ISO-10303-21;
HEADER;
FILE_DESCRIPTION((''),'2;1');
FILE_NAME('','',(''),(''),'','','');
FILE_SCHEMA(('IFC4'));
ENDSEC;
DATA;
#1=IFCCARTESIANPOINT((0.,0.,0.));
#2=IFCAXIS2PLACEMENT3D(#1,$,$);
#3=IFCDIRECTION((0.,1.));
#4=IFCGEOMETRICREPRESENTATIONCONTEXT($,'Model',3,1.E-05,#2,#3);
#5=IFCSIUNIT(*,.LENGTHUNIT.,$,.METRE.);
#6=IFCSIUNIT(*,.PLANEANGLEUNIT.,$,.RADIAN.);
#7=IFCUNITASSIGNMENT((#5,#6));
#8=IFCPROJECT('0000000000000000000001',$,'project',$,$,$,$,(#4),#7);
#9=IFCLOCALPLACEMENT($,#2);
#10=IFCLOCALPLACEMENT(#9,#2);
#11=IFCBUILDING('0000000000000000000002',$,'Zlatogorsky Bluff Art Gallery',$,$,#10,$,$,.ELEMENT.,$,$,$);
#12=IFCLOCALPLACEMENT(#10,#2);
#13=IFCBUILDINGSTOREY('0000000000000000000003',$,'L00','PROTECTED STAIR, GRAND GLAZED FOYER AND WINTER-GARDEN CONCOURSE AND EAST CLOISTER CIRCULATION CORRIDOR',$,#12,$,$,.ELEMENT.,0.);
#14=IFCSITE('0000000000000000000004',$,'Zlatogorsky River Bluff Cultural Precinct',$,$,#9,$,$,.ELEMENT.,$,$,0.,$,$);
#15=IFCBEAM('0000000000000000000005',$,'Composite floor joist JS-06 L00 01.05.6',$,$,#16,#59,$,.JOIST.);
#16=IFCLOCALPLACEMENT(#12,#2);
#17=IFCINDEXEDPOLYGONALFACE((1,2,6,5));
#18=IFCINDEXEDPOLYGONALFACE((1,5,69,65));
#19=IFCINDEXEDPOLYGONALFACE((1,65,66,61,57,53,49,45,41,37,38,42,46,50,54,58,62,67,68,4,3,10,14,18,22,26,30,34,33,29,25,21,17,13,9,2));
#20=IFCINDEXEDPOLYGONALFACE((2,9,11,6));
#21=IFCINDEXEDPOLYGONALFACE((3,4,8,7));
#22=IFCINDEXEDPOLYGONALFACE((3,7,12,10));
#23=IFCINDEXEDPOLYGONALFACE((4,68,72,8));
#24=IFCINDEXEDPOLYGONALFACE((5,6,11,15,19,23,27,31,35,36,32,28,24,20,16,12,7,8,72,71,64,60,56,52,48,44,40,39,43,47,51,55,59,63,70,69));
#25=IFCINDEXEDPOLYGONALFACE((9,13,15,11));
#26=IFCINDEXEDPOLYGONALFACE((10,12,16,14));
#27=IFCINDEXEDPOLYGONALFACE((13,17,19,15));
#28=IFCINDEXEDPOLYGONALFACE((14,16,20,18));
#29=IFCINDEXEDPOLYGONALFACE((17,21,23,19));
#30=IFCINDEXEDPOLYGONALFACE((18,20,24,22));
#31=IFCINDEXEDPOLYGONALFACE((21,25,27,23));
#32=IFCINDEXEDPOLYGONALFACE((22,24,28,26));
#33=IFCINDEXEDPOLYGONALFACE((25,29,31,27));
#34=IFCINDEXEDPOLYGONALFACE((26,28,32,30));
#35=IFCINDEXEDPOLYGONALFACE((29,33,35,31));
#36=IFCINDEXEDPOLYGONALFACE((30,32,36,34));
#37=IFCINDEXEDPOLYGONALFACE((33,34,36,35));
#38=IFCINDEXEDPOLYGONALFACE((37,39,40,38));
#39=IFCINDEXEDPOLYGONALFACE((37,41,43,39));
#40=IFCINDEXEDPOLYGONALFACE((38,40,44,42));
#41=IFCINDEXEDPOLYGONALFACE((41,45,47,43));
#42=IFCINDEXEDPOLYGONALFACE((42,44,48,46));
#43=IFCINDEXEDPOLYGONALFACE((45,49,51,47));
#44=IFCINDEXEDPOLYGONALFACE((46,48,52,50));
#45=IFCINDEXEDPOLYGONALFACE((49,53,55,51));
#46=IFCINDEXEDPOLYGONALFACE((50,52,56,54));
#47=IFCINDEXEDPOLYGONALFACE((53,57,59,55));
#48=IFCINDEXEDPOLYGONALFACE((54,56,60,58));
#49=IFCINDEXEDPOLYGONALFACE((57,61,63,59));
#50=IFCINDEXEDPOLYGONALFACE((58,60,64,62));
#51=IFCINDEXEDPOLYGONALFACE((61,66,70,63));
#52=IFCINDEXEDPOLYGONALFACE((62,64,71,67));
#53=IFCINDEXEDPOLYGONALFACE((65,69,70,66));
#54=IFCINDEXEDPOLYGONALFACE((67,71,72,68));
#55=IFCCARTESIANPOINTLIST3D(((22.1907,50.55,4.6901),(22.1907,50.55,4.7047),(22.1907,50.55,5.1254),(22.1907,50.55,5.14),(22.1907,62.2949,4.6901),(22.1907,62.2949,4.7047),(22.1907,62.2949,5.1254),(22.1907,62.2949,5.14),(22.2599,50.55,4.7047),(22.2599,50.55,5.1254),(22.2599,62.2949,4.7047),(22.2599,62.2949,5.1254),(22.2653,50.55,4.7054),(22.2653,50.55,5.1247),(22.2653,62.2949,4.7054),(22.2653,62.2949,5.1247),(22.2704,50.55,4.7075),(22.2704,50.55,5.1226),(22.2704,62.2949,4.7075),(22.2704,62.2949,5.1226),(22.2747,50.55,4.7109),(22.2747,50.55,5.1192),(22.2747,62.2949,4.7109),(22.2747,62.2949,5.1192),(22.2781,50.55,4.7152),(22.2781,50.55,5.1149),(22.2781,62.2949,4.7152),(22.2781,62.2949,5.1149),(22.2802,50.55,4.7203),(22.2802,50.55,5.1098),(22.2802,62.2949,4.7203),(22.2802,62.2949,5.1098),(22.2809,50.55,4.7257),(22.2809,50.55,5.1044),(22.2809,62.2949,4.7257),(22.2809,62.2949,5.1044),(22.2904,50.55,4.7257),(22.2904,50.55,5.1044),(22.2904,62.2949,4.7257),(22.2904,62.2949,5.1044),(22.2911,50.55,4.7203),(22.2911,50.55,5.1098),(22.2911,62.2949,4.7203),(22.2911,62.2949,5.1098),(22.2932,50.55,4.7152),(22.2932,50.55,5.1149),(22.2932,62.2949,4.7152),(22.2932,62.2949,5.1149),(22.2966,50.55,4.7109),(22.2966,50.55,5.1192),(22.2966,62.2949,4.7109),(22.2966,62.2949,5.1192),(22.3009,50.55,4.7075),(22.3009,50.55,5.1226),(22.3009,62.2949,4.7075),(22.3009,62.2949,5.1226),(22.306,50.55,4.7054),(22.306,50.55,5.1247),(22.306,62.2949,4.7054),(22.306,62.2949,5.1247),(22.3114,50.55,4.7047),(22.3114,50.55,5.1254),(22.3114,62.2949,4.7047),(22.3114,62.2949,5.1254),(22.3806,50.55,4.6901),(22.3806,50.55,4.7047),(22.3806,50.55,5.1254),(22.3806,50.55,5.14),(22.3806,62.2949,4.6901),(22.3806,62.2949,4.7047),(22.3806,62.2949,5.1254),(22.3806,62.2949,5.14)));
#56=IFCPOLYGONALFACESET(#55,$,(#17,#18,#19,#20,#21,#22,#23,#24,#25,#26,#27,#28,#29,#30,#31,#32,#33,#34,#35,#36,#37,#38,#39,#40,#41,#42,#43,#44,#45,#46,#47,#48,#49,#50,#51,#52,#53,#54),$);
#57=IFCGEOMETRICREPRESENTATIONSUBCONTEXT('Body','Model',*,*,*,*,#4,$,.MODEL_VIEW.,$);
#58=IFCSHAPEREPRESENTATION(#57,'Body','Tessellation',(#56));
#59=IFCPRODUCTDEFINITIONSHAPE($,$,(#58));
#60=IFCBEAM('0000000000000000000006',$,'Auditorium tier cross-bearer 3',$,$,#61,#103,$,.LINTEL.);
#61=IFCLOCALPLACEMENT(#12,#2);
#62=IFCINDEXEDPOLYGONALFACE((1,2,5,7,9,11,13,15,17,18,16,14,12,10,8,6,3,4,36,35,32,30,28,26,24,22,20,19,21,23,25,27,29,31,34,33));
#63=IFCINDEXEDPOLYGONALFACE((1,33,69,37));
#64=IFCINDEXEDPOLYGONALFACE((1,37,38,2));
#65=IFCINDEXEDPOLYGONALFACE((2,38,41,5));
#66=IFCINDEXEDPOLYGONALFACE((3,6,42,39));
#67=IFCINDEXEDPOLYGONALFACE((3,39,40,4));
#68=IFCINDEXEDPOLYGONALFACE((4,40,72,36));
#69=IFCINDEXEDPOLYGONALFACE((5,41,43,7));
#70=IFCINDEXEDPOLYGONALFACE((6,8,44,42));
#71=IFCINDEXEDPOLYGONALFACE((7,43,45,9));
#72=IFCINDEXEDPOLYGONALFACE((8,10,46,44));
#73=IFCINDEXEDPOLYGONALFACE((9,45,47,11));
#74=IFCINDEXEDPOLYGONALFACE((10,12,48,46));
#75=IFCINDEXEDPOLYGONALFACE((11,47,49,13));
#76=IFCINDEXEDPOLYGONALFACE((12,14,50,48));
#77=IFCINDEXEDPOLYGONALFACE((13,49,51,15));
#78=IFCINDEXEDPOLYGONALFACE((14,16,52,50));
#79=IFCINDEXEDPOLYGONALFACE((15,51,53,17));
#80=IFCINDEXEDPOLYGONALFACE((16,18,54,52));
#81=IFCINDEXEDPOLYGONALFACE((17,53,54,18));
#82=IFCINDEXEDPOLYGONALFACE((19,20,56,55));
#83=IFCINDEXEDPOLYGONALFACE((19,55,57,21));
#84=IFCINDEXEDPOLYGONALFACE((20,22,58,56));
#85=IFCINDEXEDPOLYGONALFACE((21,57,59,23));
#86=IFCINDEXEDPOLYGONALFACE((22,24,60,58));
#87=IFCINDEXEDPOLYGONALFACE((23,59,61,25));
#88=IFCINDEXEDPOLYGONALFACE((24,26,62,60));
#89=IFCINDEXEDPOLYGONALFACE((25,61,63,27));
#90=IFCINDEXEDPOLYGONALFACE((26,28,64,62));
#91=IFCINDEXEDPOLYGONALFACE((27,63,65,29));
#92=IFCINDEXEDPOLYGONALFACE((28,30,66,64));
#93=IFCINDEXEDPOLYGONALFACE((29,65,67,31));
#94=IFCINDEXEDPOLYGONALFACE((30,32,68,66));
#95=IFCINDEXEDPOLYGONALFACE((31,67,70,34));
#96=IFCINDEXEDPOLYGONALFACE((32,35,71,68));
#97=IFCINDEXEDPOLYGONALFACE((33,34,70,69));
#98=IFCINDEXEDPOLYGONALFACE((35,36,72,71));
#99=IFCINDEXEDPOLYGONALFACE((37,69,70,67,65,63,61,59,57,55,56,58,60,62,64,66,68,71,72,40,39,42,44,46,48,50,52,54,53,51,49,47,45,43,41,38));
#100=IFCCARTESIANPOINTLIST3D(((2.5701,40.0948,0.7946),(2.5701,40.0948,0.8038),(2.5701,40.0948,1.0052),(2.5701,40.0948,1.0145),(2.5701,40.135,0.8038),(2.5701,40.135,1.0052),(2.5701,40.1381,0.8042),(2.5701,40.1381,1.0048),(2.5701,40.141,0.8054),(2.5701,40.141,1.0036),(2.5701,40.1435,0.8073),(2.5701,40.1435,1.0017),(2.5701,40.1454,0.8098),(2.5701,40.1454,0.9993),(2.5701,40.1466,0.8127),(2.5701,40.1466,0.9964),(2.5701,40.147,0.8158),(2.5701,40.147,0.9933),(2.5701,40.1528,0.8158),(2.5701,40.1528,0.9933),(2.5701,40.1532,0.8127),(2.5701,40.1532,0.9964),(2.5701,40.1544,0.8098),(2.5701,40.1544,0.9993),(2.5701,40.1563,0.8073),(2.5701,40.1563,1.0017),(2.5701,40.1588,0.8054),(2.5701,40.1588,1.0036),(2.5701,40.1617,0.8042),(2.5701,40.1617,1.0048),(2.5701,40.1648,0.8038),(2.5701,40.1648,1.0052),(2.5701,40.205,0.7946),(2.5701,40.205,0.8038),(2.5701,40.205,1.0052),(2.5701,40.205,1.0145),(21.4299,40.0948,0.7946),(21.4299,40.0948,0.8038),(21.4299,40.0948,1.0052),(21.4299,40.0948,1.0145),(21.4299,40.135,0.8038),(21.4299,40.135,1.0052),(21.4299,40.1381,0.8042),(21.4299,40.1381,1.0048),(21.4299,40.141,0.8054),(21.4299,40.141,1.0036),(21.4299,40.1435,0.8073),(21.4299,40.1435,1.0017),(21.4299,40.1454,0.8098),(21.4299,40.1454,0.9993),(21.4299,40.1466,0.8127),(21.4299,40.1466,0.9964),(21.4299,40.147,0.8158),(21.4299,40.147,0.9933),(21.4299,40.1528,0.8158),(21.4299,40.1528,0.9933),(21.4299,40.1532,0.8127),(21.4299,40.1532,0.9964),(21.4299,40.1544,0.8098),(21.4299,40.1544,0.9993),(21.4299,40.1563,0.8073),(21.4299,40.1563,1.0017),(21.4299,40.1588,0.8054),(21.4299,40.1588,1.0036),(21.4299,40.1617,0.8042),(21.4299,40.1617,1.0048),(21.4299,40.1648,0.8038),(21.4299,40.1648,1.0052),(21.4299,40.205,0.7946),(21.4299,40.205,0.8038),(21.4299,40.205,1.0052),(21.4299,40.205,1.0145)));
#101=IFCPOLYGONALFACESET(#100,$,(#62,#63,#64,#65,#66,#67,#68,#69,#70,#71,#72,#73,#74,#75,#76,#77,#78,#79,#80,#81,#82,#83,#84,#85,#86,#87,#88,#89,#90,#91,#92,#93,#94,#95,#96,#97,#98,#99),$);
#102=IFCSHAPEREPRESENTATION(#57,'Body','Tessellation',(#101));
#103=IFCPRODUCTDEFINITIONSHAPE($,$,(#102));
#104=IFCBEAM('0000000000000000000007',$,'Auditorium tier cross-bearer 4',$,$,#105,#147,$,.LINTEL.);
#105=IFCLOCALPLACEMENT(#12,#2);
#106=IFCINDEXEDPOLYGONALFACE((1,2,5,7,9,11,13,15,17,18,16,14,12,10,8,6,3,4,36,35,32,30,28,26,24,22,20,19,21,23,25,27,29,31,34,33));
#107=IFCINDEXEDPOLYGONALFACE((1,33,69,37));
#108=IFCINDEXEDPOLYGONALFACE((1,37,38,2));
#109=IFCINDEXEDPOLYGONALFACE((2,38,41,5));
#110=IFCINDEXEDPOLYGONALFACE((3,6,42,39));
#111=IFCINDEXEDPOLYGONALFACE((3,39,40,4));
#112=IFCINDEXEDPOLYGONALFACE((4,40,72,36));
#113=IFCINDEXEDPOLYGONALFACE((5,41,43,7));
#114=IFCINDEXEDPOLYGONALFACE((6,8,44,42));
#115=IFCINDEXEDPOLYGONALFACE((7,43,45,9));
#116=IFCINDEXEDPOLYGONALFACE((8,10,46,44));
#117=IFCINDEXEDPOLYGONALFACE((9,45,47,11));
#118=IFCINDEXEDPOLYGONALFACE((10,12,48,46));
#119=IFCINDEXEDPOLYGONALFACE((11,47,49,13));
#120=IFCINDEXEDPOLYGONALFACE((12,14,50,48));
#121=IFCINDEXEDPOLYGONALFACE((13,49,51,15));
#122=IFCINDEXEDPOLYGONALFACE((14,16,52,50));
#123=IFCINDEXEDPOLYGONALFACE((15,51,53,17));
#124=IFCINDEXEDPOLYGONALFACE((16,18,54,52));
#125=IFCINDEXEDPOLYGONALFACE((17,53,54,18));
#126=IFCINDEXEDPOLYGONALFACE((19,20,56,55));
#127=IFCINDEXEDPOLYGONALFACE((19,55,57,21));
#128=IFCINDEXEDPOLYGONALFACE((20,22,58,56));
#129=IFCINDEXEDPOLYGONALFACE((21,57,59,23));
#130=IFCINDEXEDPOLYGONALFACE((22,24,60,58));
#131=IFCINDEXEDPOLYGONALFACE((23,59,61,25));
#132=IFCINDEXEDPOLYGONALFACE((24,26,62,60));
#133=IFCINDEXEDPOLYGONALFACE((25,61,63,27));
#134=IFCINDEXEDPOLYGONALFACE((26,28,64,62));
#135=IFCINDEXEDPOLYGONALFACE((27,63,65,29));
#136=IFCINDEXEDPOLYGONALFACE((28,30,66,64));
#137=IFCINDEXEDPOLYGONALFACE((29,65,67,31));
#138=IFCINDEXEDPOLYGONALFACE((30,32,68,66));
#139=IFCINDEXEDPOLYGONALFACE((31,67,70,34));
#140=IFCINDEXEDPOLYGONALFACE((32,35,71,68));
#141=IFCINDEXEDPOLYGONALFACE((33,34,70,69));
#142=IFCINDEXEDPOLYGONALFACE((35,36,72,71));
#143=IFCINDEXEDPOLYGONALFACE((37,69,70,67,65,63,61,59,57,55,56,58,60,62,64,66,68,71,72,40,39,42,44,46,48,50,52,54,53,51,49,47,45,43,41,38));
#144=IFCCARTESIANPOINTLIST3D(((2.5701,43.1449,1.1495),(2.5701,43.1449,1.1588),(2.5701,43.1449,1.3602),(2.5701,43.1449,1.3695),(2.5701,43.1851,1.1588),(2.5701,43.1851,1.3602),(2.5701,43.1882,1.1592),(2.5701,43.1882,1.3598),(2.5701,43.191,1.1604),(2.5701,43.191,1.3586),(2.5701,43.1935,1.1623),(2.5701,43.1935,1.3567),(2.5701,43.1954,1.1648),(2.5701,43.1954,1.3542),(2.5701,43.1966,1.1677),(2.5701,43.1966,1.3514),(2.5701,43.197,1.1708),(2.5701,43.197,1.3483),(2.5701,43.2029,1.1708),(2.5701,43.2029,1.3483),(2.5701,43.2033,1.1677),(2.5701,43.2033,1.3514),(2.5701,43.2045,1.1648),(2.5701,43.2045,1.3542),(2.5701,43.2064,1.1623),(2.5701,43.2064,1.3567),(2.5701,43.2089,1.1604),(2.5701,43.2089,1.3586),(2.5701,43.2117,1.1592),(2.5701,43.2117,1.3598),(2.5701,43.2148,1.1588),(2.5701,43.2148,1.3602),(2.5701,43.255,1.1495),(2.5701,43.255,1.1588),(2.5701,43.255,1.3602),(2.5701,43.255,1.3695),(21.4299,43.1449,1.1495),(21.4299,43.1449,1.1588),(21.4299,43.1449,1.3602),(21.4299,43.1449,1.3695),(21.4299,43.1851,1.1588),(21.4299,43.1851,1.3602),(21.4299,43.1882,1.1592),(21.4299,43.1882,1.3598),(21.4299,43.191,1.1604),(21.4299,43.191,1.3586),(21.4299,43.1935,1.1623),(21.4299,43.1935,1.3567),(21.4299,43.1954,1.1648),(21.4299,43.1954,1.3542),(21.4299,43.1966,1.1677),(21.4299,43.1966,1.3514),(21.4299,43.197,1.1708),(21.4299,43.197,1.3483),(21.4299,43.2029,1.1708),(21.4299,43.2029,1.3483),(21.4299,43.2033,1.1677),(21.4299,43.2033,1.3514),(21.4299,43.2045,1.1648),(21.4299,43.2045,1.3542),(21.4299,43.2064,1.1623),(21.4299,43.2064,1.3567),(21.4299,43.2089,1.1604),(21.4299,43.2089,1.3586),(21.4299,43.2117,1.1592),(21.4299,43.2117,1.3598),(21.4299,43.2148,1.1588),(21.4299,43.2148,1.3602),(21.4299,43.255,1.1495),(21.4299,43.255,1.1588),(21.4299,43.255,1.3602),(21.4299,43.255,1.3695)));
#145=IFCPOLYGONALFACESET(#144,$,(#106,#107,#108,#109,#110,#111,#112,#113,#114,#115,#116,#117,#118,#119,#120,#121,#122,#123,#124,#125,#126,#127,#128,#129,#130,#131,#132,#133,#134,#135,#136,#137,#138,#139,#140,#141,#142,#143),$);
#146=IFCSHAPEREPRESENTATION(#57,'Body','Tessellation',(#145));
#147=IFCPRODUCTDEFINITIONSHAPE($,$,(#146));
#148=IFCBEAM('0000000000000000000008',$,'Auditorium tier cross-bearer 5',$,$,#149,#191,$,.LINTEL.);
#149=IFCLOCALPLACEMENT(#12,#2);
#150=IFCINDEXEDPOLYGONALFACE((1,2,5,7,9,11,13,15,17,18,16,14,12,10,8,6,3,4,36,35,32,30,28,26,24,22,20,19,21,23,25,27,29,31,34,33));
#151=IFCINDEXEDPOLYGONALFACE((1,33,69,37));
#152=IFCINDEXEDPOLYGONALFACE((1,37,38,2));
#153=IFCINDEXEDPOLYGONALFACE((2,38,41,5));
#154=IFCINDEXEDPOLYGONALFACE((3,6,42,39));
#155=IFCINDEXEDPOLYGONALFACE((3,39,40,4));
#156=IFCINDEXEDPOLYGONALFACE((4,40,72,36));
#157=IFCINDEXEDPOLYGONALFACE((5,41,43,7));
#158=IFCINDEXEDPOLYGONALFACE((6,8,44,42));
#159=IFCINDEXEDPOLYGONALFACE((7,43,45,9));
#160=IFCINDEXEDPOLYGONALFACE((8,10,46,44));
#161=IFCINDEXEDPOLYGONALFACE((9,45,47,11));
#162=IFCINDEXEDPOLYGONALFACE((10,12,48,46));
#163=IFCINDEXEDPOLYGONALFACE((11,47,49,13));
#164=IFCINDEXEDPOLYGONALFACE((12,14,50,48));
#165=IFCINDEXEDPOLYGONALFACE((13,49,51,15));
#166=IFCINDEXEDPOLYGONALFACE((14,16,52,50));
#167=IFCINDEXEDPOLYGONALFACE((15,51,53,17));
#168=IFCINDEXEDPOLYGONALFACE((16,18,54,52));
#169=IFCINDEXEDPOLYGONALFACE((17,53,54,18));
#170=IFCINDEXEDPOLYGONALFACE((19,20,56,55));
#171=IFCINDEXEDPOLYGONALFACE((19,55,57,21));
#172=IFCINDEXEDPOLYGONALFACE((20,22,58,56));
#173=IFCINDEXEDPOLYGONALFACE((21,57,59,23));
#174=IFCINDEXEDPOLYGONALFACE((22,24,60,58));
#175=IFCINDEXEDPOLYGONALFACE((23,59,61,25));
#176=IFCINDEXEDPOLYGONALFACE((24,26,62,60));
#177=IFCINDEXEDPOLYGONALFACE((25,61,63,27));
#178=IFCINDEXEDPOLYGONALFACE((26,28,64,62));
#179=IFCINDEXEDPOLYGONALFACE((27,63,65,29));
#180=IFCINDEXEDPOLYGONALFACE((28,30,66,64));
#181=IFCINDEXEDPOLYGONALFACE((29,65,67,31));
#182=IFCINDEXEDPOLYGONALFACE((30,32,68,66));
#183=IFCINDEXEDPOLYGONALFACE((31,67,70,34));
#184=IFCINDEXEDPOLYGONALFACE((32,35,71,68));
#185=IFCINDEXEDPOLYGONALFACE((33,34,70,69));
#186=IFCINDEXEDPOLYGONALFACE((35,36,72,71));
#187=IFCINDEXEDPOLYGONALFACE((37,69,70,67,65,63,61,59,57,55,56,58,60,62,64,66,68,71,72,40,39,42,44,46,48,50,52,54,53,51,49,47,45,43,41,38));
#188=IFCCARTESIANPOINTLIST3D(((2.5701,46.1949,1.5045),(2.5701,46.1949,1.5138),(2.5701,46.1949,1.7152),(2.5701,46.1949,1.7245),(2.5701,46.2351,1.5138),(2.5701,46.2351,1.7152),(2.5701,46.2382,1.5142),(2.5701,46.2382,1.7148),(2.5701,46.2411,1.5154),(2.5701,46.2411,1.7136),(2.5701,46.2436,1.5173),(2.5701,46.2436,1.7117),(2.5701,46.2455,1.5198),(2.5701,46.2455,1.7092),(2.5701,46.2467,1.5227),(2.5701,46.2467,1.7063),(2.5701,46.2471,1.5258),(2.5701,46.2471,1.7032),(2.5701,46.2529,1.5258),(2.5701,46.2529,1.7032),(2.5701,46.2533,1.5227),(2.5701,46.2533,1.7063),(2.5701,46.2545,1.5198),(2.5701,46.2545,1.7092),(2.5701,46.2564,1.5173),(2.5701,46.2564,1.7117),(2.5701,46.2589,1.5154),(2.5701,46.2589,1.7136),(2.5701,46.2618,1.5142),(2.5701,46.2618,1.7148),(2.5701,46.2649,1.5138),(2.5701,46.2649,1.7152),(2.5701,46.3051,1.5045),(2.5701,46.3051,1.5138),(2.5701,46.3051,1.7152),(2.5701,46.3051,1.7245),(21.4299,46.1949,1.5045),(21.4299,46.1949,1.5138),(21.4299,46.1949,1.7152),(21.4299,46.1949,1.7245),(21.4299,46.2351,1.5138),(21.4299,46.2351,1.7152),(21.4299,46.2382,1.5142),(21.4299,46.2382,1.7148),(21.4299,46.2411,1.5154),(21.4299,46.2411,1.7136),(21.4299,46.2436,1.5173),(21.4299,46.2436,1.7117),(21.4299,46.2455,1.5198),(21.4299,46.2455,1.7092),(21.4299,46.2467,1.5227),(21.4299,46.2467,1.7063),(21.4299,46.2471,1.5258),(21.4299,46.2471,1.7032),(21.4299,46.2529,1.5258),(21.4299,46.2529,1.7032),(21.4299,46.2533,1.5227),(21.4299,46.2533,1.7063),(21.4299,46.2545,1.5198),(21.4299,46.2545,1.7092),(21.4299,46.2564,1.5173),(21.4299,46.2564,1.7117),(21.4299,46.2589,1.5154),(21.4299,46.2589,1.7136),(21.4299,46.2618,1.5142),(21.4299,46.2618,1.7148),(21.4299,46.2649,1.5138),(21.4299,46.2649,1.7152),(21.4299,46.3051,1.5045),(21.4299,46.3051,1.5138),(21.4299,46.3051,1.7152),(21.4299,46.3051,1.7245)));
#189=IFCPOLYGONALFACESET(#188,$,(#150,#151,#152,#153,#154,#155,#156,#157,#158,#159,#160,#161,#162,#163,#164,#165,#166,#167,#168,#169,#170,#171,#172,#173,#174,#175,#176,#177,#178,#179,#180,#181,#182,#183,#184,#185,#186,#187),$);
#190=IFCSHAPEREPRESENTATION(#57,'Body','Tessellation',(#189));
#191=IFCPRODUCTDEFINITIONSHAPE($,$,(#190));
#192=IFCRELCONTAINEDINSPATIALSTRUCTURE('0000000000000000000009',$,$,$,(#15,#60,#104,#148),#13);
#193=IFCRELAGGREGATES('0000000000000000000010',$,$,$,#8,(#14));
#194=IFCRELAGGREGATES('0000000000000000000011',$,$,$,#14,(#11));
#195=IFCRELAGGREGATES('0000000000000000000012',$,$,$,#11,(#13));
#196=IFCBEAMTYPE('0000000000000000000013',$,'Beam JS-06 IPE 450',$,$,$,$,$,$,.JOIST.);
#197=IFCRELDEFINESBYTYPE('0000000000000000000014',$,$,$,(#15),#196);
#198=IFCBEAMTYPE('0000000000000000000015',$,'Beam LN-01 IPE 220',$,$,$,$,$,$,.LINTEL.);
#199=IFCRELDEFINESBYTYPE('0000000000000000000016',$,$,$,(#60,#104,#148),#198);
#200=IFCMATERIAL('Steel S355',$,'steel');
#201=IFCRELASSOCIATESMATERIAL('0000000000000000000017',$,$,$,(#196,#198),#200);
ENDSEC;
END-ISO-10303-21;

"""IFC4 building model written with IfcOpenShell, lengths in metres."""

from ifc_helpers import new_model, si_unit, direction, frame, origin, origin_2d, place, context, subcontext, project, spatial, i_section, extrude, material, material_profile, profile_set, type_object, element, save


model = new_model("IFC4")

# Units and contexts
model_context = context("Model", 3, precision=1e-05, world=origin(), true_north=direction((0.0, 1.0)))
body_context = subcontext(model_context, "Body", "Model", "MODEL_VIEW")
ifc_project = project(units=[si_unit("LENGTHUNIT", "METRE"), si_unit("PLANEANGLEUNIT", "RADIAN")], contexts=[model_context])

# Site, building, storey
site_placement = place(None, origin())
site = spatial("IfcSite", under=ifc_project, at=site_placement, Name="Zlatogorsky River Bluff Cultural Precinct", CompositionType="ELEMENT", RefElevation=0.0)
building_placement = place(site_placement, origin())
building = spatial("IfcBuilding", under=site, at=building_placement, Name="Zlatogorsky Bluff Art Gallery", CompositionType="ELEMENT")
storey_placement = place(building_placement, origin())
storey = spatial("IfcBuildingStorey", under=building, at=storey_placement, Name="L00", Description="PROTECTED STAIR, GRAND GLAZED FOYER AND WINTER-GARDEN CONCOURSE AND EAST CLOISTER CIRCULATION CORRIDOR", CompositionType="ELEMENT", Elevation=0.0)

# Shared definitions
ifc_material_1 = material(Name="Steel S355", Category="steel")

# Beams
ifc_material_profile_1 = material_profile(ifc_material_1, i_section(OverallWidth=0.1899, OverallDepth=0.45, WebThickness=0.0095, FlangeThickness=0.0146, FilletRadius=0.021, at=origin_2d()), Name="IPE 450")
ifc_profile_set_1 = profile_set([ifc_material_profile_1], Name="Steel S355")
beam_type_1 = type_object("IfcBeamType", Name="Beam JS-06 IPE 450", PredefinedType="JOIST", material=ifc_profile_set_1)
for number, where, z_axis, x_axis, name in (
    (1, (22.2856, 50.55, 4.915), (0.0, 1.0, 0.0), (-1.0, 0.0, 0.0), "Composite floor joist JS-06 L00 01.05.6"),
):
    element("IfcBeam", number, at=place(storey_placement, frame(where, z_axis=z_axis, x_axis=x_axis)), inside=storey, type_object=beam_type_1, Name=name, PredefinedType="JOIST", context=body_context, shape_type="SweptSolid", body=[
        extrude(i_section(OverallWidth=0.1899, OverallDepth=0.45, WebThickness=0.0095, FlangeThickness=0.0146, FilletRadius=0.021, at=origin_2d()), origin(), (0.0, 0.0, 1.0), 11.7449),
    ])
ifc_material_profile_2 = material_profile(ifc_material_1, i_section(OverallWidth=0.1101, OverallDepth=0.22, WebThickness=0.0059, FlangeThickness=0.0093, FilletRadius=0.012, at=origin_2d()), Name="IPE 220")
ifc_profile_set_2 = profile_set([ifc_material_profile_2], Name="Steel S355")
beam_type_2 = type_object("IfcBeamType", Name="Beam LN-01 IPE 220", PredefinedType="LINTEL", material=ifc_profile_set_2)
for number, where, z_axis, x_axis, name in (
    (2, (2.5701, 40.1499, 0.9045), (1.0, 0.0, 0.0), (0.0, 1.0, 0.0), "Auditorium tier cross-bearer 3"),
    (3, (2.5701, 43.2, 1.2595), (1.0, 0.0, 0.0), (0.0, 1.0, 0.0), "Auditorium tier cross-bearer 4"),
    (4, (2.5701, 46.25, 1.6145), (1.0, 0.0, 0.0), (0.0, 1.0, 0.0), "Auditorium tier cross-bearer 5"),
):
    element("IfcBeam", number, at=place(storey_placement, frame(where, z_axis=z_axis, x_axis=x_axis)), inside=storey, type_object=beam_type_2, Name=name, PredefinedType="LINTEL", context=body_context, shape_type="SweptSolid", body=[
        extrude(i_section(OverallWidth=0.1101, OverallDepth=0.22, WebThickness=0.0059, FlangeThickness=0.0093, FilletRadius=0.012, at=origin_2d()), origin(), (0.0, 0.0, 1.0), 18.8599),
    ])

save(model, "model.ifc")
